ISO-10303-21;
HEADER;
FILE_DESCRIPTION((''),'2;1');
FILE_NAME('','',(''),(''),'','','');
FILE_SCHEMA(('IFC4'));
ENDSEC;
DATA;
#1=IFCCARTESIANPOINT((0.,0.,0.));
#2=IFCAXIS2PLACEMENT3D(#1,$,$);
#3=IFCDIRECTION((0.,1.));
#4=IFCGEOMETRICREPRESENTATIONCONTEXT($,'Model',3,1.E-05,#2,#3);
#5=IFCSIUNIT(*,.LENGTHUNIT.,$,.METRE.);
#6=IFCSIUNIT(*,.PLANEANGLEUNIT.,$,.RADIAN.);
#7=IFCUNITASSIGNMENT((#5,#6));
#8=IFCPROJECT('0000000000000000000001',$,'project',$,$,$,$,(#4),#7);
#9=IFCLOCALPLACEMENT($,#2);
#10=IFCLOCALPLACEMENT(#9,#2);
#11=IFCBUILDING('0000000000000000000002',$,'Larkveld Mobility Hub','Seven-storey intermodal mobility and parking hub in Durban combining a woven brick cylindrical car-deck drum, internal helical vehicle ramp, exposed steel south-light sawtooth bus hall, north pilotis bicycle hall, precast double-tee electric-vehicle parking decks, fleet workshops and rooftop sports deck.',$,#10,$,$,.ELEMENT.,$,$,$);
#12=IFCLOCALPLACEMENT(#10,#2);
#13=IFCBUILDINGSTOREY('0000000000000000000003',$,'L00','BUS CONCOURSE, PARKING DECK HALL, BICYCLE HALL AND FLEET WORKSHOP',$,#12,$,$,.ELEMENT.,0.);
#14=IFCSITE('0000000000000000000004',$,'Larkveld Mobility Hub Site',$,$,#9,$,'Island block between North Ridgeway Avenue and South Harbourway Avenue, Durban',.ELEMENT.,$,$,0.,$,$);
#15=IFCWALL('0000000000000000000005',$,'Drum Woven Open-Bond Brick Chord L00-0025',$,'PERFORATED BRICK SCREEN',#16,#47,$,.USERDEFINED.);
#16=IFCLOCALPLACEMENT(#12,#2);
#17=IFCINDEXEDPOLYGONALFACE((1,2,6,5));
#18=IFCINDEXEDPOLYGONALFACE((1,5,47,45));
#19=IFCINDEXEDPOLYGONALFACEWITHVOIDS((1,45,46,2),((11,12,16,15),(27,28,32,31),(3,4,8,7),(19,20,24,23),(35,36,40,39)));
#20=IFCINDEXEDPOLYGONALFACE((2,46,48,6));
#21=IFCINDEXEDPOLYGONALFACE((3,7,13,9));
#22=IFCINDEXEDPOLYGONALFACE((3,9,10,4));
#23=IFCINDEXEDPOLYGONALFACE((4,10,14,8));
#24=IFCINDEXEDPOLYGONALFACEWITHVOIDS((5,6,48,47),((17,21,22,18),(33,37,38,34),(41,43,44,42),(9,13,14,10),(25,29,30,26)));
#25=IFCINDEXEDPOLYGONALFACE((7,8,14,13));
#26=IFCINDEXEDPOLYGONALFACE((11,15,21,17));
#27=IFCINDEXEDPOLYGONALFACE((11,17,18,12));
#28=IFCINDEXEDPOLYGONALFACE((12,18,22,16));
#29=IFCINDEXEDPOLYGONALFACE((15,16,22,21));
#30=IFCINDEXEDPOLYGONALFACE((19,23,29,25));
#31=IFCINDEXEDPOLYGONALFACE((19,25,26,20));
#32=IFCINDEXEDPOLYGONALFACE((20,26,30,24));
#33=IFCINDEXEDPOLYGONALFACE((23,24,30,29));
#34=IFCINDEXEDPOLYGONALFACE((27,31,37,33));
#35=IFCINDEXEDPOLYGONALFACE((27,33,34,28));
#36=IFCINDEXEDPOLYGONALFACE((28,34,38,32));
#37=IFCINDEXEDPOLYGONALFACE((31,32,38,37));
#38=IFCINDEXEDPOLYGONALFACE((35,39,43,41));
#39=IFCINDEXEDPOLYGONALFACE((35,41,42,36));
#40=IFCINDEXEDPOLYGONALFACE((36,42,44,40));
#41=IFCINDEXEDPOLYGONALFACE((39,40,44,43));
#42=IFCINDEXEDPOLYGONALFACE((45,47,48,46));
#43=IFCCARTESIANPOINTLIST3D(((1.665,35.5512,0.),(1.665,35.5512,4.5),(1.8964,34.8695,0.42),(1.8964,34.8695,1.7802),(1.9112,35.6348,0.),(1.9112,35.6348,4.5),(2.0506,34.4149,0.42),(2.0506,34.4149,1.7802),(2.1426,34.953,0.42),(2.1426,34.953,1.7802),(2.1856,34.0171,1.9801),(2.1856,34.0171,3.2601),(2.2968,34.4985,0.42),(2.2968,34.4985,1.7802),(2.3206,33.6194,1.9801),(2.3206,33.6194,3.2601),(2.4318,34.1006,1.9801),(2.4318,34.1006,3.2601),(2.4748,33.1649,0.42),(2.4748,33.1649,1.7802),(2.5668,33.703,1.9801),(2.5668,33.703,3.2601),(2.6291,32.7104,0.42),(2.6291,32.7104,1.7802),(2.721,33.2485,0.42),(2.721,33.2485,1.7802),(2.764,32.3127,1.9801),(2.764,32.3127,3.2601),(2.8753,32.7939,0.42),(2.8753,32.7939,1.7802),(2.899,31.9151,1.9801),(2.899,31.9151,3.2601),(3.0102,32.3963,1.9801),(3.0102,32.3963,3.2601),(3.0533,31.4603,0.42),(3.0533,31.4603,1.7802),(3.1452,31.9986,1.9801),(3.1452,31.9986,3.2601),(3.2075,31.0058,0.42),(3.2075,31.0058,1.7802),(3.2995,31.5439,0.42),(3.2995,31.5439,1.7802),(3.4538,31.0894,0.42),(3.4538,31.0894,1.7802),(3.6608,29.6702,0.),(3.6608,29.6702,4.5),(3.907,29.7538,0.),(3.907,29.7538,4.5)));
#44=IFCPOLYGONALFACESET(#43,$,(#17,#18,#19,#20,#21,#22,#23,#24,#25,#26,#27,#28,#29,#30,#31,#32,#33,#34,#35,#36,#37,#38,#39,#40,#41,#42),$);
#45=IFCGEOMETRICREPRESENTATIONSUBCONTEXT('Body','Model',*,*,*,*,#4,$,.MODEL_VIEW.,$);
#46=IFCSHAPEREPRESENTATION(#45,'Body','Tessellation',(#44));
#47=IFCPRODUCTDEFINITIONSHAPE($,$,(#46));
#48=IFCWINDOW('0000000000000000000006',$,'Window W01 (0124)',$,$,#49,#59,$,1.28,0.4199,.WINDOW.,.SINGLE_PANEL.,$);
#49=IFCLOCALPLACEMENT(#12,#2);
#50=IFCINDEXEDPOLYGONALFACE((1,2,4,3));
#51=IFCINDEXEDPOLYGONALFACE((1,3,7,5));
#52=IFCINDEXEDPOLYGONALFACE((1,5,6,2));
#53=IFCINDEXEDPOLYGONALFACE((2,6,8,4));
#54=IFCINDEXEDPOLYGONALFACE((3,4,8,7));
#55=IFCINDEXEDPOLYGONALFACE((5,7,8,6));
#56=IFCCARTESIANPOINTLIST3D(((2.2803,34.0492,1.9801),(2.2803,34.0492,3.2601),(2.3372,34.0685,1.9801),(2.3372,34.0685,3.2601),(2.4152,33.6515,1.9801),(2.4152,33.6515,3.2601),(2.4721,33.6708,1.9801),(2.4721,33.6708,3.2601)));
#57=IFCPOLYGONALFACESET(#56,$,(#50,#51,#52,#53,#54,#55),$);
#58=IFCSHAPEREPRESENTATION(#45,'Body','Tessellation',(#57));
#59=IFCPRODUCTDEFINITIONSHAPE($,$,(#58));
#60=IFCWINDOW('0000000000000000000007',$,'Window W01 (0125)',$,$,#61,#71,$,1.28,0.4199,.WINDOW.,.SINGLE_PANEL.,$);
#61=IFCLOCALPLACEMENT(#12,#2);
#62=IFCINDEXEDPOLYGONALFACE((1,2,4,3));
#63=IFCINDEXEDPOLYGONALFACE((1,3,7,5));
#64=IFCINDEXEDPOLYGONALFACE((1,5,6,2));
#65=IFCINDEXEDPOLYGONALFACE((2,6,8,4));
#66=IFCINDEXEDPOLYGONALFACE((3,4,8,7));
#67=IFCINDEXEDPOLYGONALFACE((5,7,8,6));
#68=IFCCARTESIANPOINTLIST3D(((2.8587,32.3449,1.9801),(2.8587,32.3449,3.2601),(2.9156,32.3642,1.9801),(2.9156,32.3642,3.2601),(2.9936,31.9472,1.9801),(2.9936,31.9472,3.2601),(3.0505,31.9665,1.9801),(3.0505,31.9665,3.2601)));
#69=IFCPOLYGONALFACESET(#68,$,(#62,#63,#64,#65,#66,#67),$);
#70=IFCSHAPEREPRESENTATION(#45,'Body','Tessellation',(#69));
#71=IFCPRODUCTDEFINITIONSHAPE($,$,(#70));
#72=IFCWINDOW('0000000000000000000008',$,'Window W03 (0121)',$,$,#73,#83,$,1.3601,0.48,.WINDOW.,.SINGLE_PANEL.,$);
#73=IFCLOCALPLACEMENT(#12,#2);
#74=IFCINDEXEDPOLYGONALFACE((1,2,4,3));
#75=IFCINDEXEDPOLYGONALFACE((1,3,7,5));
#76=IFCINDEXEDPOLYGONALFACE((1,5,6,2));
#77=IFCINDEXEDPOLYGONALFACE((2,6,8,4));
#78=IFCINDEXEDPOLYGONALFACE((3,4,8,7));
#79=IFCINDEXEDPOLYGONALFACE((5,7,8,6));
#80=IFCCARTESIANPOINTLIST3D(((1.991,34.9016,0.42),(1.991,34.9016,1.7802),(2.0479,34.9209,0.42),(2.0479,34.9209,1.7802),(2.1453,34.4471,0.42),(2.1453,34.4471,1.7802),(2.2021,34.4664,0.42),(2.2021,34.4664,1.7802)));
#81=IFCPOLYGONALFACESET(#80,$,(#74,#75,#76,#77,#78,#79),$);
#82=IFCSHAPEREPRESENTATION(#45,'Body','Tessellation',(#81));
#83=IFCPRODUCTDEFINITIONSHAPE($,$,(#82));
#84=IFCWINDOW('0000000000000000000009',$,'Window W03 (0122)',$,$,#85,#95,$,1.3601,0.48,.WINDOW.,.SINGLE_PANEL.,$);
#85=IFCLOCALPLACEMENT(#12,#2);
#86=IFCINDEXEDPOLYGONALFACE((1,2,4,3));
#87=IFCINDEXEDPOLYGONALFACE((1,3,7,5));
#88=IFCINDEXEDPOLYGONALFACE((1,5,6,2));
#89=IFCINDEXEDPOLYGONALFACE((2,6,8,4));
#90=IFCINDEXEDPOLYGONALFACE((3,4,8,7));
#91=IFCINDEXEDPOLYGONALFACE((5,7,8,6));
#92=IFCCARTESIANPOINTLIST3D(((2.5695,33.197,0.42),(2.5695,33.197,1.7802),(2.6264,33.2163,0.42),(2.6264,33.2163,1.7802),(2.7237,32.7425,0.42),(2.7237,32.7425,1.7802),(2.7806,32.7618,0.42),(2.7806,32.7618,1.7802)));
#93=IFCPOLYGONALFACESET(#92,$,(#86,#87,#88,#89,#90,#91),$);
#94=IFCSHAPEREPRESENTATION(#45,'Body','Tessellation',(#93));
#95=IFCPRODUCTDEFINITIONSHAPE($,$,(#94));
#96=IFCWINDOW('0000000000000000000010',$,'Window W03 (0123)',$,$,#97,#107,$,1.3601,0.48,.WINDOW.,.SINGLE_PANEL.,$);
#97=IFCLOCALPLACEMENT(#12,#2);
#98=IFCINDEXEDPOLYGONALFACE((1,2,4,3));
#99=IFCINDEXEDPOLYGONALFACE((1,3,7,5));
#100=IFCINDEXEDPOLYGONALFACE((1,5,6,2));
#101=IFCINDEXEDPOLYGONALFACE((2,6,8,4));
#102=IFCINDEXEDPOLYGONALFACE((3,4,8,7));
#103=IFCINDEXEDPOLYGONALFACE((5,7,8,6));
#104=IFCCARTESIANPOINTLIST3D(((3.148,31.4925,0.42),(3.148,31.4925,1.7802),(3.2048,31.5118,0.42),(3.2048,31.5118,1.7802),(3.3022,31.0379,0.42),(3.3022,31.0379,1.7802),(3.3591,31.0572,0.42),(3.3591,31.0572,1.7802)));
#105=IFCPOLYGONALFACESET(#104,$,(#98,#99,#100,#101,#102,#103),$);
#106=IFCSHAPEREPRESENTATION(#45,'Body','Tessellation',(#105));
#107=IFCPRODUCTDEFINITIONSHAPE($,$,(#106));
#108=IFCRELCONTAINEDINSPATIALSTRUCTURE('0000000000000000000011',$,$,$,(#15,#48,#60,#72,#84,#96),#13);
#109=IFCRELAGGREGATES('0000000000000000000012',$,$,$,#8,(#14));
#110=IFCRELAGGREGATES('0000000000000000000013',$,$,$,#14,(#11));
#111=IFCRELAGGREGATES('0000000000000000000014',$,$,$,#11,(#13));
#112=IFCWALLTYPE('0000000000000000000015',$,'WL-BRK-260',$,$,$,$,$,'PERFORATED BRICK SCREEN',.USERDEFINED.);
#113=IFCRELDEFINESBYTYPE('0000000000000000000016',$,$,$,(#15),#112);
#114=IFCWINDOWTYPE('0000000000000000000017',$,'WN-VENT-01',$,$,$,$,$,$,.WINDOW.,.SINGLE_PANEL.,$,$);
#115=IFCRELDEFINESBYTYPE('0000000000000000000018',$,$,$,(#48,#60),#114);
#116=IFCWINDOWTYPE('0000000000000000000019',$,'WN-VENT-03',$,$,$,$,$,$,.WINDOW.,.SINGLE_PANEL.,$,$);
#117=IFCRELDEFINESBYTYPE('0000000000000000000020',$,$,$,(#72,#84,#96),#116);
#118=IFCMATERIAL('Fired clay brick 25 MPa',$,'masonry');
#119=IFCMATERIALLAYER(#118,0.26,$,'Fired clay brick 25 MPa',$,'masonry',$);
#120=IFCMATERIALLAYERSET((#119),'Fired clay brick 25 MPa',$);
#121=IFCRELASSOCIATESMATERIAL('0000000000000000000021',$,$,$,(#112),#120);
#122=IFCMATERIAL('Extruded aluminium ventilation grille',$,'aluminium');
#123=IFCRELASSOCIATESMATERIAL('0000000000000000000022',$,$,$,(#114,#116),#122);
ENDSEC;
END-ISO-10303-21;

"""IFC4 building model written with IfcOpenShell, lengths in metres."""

from ifc_helpers import new_model, si_unit, direction, frame, frame_2d, origin, place, context, subcontext, project, spatial, rectangle, extrude, material, layer, layer_set, type_object, element, fill, save


model = new_model("IFC4")

# Units and contexts
model_context = context("Model", 3, precision=1e-05, world=origin(), true_north=direction((0.0, 1.0)))
body_context = subcontext(model_context, "Body", "Model", "MODEL_VIEW")
ifc_project = project(units=[si_unit("LENGTHUNIT", "METRE"), si_unit("PLANEANGLEUNIT", "RADIAN")], contexts=[model_context])

# Site, building, storey
site_placement = place(None, origin())
site = spatial("IfcSite", under=ifc_project, at=site_placement, Name="Larkveld Mobility Hub Site", LongName="Island block between North Ridgeway Avenue and South Harbourway Avenue, Durban", CompositionType="ELEMENT", RefElevation=0.0)
building_placement = place(site_placement, origin())
building = spatial("IfcBuilding", under=site, at=building_placement, Name="Larkveld Mobility Hub", Description="Seven-storey intermodal mobility and parking hub in Durban combining a woven brick cylindrical car-deck drum, internal helical vehicle ramp, exposed steel south-light sawtooth bus hall, north pilotis bicycle hall, precast double-tee electric-vehicle parking decks, fleet workshops and rooftop sports deck.", CompositionType="ELEMENT")
storey_placement = place(building_placement, origin())
storey = spatial("IfcBuildingStorey", under=building, at=storey_placement, Name="L00", Description="BUS CONCOURSE, PARKING DECK HALL, BICYCLE HALL AND FLEET WORKSHOP", CompositionType="ELEMENT", Elevation=0.0)

# Wall, openings, windows
ifc_material_1 = material(Name="Fired clay brick 25 MPa", Category="masonry")
ifc_layer_1 = layer(ifc_material_1, 0.26, Name="Fired clay brick 25 MPa", Category="masonry")
ifc_layer_set_1 = layer_set([ifc_layer_1], Name="Fired clay brick 25 MPa")
wall_type_1 = type_object("IfcWallType", Name="WL-BRK-260", ElementType="PERFORATED BRICK SCREEN", PredefinedType="USERDEFINED", material=ifc_layer_set_1)
wall_1_placement = place(storey_placement, frame((1.7881, 35.593, 0.0), z_axis=(0.0, 0.0, 1.0), x_axis=(0.321365, -0.946955, 0.0)))
wall_1 = element("IfcWall", 1, at=wall_1_placement, inside=storey, type_object=wall_type_1, Name="Drum Woven Open-Bond Brick Chord L00-0025", ObjectType="PERFORATED BRICK SCREEN", PredefinedType="USERDEFINED", context=body_context, shape_type="SweptSolid", body=[
    extrude(rectangle(XDim=6.2104, YDim=0.26, at=frame_2d((3.1052, 0.0))), origin(), (0.0, 0.0, 1.0), 4.5),
])
opening_1_placement = place(wall_1_placement, frame((0.72, 0.0, 0.4199)))
opening_1 = element("IfcOpeningElement", 2, at=opening_1_placement, cuts=wall_1, PredefinedType="OPENING", context=body_context, shape_type="SweptSolid", body=[
    extrude(rectangle(XDim=0.48, YDim=1.3601, at=frame_2d((0.24, 0.6802))), frame((0.0, 0.1401, 0.0), z_axis=(0.0, -1.0, 0.0), x_axis=(1.0, 0.0, 0.0)), (0.0, 0.0, 1.0), 0.28),
])
opening_2_placement = place(wall_1_placement, frame((2.52, 0.0, 0.4199)))
opening_2 = element("IfcOpeningElement", 3, at=opening_2_placement, cuts=wall_1, PredefinedType="OPENING", context=body_context, shape_type="SweptSolid", body=[
    extrude(rectangle(XDim=0.48, YDim=1.3601, at=frame_2d((0.24, 0.6802))), frame((0.0, 0.1401, 0.0), z_axis=(0.0, -1.0, 0.0), x_axis=(1.0, 0.0, 0.0)), (0.0, 0.0, 1.0), 0.28),
])
opening_3_placement = place(wall_1_placement, frame((4.3201, 0.0, 0.4199)))
opening_3 = element("IfcOpeningElement", 4, at=opening_3_placement, cuts=wall_1, PredefinedType="OPENING", context=body_context, shape_type="SweptSolid", body=[
    extrude(rectangle(XDim=0.48, YDim=1.3601, at=frame_2d((0.24, 0.6802))), frame((0.0, 0.1401, 0.0), z_axis=(0.0, -1.0, 0.0), x_axis=(1.0, 0.0, 0.0)), (0.0, 0.0, 1.0), 0.28),
])
opening_4_placement = place(wall_1_placement, frame((1.6201, 0.0, 1.98)))
opening_4 = element("IfcOpeningElement", 5, at=opening_4_placement, cuts=wall_1, PredefinedType="OPENING", context=body_context, shape_type="SweptSolid", body=[
    extrude(rectangle(XDim=0.4199, YDim=1.28, at=frame_2d((0.21, 0.6401))), frame((0.0, 0.1401, 0.0), z_axis=(0.0, -1.0, 0.0), x_axis=(1.0, 0.0, 0.0)), (0.0, 0.0, 1.0), 0.28),
])
opening_5_placement = place(wall_1_placement, frame((3.4199, 0.0, 1.98)))
opening_5 = element("IfcOpeningElement", 6, at=opening_5_placement, cuts=wall_1, PredefinedType="OPENING", context=body_context, shape_type="SweptSolid", body=[
    extrude(rectangle(XDim=0.4199, YDim=1.28, at=frame_2d((0.21, 0.6401))), frame((0.0, 0.1401, 0.0), z_axis=(0.0, -1.0, 0.0), x_axis=(1.0, 0.0, 0.0)), (0.0, 0.0, 1.0), 0.28),
])
ifc_material_2 = material(Name="Extruded aluminium ventilation grille", Category="aluminium")
window_type_1 = type_object("IfcWindowType", Name="WN-VENT-01", PartitioningType="SINGLE_PANEL", PredefinedType="WINDOW", material=ifc_material_2)
window_1_placement = place(opening_4_placement, origin())
window_1 = element("IfcWindow", 7, at=window_1_placement, inside=storey, type_object=window_type_1, Name="Window W01 (0124)", OverallHeight=1.28, OverallWidth=0.4199, PartitioningType="SINGLE_PANEL", PredefinedType="WINDOW", context=body_context, shape_type="SweptSolid", body=[
    extrude(rectangle(XDim=0.4199, YDim=1.28, at=frame_2d((0.21, 0.6401))), frame((0.0, 0.03, 0.0), z_axis=(0.0, -1.0, 0.0), x_axis=(1.0, 0.0, 0.0)), (0.0, 0.0, 1.0), 0.0601),
])
fill(opening_4, window_1)
window_2_placement = place(opening_5_placement, origin())
window_2 = element("IfcWindow", 8, at=window_2_placement, inside=storey, type_object=window_type_1, Name="Window W01 (0125)", OverallHeight=1.28, OverallWidth=0.4199, PartitioningType="SINGLE_PANEL", PredefinedType="WINDOW", context=body_context, shape_type="SweptSolid", body=[
    extrude(rectangle(XDim=0.4199, YDim=1.28, at=frame_2d((0.21, 0.6401))), frame((0.0, 0.03, 0.0), z_axis=(0.0, -1.0, 0.0), x_axis=(1.0, 0.0, 0.0)), (0.0, 0.0, 1.0), 0.0601),
])
fill(opening_5, window_2)
window_type_2 = type_object("IfcWindowType", Name="WN-VENT-03", PartitioningType="SINGLE_PANEL", PredefinedType="WINDOW", material=ifc_material_2)
window_3_placement = place(opening_1_placement, origin())
window_3 = element("IfcWindow", 9, at=window_3_placement, inside=storey, type_object=window_type_2, Name="Window W03 (0121)", OverallHeight=1.3601, OverallWidth=0.48, PartitioningType="SINGLE_PANEL", PredefinedType="WINDOW", context=body_context, shape_type="SweptSolid", body=[
    extrude(rectangle(XDim=0.48, YDim=1.3601, at=frame_2d((0.24, 0.6802))), frame((0.0, 0.03, 0.0), z_axis=(0.0, -1.0, 0.0), x_axis=(1.0, 0.0, 0.0)), (0.0, 0.0, 1.0), 0.0601),
])
fill(opening_1, window_3)
window_4_placement = place(opening_2_placement, origin())
window_4 = element("IfcWindow", 10, at=window_4_placement, inside=storey, type_object=window_type_2, Name="Window W03 (0122)", OverallHeight=1.3601, OverallWidth=0.48, PartitioningType="SINGLE_PANEL", PredefinedType="WINDOW", context=body_context, shape_type="SweptSolid", body=[
    extrude(rectangle(XDim=0.48, YDim=1.3601, at=frame_2d((0.24, 0.6802))), frame((0.0, 0.03, 0.0), z_axis=(0.0, -1.0, 0.0), x_axis=(1.0, 0.0, 0.0)), (0.0, 0.0, 1.0), 0.0601),
])
fill(opening_2, window_4)
window_5_placement = place(opening_3_placement, origin())
window_5 = element("IfcWindow", 11, at=window_5_placement, inside=storey, type_object=window_type_2, Name="Window W03 (0123)", OverallHeight=1.3601, OverallWidth=0.48, PartitioningType="SINGLE_PANEL", PredefinedType="WINDOW", context=body_context, shape_type="SweptSolid", body=[
    extrude(rectangle(XDim=0.48, YDim=1.3601, at=frame_2d((0.24, 0.6802))), frame((0.0, 0.03, 0.0), z_axis=(0.0, -1.0, 0.0), x_axis=(1.0, 0.0, 0.0)), (0.0, 0.0, 1.0), 0.0601),
])
fill(opening_3, window_5)

save(model, "model.ifc")
